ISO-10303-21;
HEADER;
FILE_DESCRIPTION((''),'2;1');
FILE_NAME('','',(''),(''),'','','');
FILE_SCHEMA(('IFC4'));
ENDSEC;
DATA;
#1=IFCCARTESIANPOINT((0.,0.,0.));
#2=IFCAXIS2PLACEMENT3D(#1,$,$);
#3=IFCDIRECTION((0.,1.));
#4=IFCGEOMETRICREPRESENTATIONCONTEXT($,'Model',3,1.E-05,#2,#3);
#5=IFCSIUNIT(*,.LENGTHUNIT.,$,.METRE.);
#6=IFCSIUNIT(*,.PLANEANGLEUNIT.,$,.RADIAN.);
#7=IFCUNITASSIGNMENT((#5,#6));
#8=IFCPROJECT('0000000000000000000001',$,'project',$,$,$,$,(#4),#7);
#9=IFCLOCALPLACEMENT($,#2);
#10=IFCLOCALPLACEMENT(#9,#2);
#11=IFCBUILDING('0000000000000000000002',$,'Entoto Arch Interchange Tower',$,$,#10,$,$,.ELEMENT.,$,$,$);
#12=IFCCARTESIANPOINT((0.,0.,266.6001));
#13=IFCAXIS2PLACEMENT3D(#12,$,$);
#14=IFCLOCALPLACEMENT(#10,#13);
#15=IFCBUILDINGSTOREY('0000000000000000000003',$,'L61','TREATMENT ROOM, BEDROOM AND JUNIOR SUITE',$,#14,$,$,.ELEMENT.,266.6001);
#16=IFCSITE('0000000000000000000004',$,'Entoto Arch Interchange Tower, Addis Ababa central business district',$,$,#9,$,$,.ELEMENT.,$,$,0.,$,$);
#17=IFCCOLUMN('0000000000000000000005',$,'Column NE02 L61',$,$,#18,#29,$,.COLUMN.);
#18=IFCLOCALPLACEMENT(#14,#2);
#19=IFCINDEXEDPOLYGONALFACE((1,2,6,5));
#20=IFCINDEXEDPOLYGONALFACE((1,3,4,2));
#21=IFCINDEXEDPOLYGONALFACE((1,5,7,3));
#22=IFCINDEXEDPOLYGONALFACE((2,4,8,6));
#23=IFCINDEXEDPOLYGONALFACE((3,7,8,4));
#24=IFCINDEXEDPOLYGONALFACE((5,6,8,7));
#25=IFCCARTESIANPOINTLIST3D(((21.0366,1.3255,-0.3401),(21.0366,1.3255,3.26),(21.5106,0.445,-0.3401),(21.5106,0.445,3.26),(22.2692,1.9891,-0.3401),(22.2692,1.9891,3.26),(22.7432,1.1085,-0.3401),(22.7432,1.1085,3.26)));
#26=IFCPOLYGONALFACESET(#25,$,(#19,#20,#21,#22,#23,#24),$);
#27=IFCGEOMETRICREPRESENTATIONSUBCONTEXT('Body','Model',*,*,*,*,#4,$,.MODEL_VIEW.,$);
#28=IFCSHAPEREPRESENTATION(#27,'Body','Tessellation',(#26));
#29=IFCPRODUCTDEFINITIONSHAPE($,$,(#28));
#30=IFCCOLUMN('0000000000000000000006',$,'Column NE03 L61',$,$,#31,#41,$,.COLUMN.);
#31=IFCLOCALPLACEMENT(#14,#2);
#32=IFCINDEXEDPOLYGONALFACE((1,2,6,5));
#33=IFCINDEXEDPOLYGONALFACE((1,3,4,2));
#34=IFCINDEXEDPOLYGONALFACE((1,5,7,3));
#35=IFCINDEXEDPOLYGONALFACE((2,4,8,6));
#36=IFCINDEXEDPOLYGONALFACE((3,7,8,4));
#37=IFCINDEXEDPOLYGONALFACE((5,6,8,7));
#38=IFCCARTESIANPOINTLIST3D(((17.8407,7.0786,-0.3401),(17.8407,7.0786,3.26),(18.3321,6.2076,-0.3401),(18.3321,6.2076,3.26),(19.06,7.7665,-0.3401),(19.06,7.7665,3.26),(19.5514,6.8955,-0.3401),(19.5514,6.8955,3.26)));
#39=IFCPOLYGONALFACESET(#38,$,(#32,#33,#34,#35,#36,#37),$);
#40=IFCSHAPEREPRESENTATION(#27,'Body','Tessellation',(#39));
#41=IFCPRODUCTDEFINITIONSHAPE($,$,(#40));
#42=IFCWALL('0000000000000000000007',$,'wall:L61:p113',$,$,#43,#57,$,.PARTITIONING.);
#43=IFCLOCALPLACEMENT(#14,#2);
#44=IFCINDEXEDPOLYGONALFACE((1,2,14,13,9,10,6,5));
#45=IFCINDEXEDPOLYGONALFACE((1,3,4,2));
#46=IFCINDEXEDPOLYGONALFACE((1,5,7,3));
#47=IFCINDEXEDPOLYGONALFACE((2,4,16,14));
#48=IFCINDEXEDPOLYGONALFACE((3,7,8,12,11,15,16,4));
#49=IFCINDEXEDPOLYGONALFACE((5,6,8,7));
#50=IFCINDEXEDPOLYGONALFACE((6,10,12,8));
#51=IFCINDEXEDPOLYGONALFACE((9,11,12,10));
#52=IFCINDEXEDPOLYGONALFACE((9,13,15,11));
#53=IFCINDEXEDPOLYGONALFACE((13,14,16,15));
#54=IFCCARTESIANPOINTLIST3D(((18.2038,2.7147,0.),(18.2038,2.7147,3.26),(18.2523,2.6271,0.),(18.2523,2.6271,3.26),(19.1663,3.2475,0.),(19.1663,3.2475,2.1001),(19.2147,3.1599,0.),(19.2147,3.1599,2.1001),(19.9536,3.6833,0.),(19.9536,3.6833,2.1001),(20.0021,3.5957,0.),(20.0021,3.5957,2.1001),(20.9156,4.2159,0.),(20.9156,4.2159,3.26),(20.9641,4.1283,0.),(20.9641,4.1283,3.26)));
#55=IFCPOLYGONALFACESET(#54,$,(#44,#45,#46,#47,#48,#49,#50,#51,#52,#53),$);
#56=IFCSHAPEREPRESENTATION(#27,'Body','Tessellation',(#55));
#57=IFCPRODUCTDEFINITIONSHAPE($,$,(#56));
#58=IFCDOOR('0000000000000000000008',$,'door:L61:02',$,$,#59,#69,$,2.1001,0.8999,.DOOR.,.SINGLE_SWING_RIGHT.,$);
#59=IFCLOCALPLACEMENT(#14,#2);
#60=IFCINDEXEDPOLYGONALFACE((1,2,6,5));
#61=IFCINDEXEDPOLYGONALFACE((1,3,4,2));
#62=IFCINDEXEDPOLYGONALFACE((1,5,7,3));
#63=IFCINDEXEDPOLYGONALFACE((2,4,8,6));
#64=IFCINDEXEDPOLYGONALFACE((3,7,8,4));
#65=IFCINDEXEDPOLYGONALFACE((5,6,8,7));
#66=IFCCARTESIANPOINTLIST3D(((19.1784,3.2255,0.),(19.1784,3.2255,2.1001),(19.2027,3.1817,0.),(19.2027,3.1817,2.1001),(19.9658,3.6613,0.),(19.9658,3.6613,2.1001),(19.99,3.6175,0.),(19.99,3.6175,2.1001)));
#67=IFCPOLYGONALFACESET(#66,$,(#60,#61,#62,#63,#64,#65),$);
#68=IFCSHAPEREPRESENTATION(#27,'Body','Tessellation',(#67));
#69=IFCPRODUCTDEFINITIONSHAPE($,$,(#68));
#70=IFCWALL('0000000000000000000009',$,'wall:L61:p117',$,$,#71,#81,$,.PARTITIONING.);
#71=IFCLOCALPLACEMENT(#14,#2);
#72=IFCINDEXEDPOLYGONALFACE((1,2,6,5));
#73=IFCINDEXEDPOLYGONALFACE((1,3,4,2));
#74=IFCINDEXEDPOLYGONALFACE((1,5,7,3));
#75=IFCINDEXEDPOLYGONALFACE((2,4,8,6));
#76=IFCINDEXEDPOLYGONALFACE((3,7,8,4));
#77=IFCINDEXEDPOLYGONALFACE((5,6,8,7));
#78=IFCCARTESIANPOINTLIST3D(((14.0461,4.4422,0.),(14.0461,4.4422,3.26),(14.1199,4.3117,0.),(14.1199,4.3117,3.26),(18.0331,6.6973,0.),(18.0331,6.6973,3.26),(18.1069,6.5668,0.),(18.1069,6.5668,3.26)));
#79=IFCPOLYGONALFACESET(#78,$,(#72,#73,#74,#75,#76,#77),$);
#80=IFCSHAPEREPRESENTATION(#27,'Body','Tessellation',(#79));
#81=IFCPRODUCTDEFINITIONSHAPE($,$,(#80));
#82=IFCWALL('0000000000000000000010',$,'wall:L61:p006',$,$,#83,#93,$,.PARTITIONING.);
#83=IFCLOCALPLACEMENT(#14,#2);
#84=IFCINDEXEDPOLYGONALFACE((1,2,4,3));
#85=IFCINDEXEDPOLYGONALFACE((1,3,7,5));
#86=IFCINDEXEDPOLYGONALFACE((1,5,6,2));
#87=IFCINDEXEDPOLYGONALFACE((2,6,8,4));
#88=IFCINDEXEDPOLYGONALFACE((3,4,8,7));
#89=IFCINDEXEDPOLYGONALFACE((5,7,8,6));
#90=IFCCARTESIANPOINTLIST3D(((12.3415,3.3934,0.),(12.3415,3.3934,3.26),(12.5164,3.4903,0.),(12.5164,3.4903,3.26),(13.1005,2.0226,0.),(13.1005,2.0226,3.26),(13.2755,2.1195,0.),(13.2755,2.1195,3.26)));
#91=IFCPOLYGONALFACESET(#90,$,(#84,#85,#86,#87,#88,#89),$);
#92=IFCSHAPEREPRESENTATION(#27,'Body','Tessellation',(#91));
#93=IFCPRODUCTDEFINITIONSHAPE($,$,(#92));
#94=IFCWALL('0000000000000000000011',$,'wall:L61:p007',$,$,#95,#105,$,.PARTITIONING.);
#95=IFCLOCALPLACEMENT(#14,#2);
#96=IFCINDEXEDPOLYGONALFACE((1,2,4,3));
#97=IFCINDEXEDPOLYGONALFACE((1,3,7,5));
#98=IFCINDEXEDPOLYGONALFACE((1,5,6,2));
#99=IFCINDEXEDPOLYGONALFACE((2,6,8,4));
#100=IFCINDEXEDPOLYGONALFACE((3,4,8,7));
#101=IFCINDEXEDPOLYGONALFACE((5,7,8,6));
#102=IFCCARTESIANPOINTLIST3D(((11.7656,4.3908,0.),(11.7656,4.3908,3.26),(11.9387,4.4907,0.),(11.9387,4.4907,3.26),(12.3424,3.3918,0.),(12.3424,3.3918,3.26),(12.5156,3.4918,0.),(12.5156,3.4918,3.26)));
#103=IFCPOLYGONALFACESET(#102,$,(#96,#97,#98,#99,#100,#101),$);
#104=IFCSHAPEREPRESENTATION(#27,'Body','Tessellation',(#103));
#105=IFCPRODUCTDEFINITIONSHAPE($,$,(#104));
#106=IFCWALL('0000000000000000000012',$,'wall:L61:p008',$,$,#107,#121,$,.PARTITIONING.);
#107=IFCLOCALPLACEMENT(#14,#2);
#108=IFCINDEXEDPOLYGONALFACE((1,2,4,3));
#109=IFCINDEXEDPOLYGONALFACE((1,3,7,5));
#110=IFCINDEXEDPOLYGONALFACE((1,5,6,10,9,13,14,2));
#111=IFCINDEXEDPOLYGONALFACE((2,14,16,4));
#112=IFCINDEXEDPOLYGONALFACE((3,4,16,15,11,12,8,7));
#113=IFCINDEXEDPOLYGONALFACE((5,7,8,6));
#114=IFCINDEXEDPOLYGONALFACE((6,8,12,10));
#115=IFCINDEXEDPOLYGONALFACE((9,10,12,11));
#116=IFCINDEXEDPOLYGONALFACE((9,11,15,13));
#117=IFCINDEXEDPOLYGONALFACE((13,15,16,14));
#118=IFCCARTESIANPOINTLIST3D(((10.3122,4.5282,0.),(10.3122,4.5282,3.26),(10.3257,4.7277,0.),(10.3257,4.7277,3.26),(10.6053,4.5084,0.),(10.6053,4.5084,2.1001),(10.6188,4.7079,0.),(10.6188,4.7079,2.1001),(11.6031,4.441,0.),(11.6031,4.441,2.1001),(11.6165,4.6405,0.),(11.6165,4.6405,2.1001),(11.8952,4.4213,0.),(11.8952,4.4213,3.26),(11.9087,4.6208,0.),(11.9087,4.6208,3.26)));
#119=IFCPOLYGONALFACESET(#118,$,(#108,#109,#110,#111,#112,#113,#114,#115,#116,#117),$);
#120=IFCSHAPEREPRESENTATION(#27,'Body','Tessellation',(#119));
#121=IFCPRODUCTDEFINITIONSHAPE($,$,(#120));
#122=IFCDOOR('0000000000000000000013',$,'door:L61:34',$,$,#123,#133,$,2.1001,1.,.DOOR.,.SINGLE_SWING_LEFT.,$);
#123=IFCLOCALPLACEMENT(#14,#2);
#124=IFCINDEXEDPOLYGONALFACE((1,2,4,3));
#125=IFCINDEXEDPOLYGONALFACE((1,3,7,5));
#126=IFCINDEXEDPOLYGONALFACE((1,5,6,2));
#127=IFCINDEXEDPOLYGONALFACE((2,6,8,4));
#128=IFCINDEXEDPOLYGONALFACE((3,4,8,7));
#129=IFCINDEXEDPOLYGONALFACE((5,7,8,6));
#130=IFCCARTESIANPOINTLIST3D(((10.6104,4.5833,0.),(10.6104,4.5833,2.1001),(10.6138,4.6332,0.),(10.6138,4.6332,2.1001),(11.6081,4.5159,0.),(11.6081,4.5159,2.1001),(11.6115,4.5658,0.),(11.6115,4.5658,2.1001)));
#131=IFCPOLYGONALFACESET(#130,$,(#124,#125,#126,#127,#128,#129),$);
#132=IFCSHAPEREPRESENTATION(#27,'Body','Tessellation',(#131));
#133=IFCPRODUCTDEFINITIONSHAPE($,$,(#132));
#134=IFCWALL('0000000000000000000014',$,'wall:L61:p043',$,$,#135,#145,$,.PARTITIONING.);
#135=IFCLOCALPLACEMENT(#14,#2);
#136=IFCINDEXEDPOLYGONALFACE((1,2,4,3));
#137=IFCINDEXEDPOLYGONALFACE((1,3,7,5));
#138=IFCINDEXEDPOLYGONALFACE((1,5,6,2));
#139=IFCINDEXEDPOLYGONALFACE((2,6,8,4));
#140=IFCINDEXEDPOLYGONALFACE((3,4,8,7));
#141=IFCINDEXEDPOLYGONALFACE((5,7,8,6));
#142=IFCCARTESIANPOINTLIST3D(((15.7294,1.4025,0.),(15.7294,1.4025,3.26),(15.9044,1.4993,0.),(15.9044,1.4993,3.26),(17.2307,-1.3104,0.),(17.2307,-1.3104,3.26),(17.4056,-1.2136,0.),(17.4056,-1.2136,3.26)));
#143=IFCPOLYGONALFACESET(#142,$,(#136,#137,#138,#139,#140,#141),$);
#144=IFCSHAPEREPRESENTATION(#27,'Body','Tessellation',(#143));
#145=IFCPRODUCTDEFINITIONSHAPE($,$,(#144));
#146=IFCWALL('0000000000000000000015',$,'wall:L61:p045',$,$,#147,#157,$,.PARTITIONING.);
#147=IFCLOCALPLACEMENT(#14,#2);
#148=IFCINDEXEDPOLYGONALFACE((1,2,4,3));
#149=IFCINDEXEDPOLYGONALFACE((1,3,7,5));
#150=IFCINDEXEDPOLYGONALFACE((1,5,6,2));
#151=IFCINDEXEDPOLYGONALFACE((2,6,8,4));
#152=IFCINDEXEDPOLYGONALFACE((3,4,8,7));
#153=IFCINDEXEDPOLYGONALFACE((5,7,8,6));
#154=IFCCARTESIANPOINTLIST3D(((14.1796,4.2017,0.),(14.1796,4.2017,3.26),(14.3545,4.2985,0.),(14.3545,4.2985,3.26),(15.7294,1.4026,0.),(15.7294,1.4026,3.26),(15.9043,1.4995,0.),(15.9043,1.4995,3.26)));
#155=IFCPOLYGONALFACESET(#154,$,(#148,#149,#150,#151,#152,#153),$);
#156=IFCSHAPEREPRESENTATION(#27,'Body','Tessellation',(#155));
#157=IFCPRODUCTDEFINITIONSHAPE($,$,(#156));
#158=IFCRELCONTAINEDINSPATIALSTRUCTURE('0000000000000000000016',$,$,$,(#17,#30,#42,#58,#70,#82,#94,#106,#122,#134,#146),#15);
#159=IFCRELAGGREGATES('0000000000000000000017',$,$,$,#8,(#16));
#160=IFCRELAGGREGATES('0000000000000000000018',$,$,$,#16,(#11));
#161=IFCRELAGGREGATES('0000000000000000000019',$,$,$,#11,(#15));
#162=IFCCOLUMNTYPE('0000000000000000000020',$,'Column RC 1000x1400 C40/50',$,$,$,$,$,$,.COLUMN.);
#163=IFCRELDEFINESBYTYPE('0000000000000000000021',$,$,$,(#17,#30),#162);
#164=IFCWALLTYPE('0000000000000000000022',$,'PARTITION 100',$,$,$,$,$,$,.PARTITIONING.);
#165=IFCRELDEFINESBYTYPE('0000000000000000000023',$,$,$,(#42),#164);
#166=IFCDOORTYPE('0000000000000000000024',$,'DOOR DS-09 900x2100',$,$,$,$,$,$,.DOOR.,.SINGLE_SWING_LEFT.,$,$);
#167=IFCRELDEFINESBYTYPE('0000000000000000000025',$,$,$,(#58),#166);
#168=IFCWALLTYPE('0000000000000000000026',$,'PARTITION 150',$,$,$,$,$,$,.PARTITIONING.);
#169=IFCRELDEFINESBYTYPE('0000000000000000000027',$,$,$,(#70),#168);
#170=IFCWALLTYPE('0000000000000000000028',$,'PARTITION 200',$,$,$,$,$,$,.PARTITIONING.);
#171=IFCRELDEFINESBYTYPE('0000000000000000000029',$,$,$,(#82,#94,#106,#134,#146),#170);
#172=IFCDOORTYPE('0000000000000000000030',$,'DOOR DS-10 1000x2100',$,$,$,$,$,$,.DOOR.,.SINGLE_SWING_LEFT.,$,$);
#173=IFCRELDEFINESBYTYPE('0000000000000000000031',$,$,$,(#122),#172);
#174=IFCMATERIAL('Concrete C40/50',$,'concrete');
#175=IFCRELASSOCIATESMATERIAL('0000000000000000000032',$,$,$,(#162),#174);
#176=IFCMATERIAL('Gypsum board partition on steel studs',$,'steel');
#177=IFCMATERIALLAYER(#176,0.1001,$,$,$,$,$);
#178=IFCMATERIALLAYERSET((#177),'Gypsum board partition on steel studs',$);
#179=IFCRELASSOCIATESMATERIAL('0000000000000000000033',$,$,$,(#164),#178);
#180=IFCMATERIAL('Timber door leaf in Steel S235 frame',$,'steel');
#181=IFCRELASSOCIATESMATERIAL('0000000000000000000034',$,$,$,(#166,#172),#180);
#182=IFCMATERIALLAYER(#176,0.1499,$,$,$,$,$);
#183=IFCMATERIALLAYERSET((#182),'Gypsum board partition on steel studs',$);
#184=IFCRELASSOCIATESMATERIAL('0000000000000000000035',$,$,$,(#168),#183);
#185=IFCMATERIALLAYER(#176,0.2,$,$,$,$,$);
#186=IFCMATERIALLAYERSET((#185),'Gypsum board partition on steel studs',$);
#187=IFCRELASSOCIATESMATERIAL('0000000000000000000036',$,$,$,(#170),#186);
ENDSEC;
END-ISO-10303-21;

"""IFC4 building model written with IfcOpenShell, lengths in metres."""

from ifc_helpers import new_model, si_unit, direction, frame, frame_2d, origin, origin_2d, place, context, subcontext, project, spatial, rectangle, extrude, material, layer, layer_set, material_profile, profile_set, type_object, element, fill, save


model = new_model("IFC4")

# Units and contexts
model_context = context("Model", 3, precision=1e-05, world=origin(), true_north=direction((0.0, 1.0)))
body_context = subcontext(model_context, "Body", "Model", "MODEL_VIEW")
ifc_project = project(units=[si_unit("LENGTHUNIT", "METRE"), si_unit("PLANEANGLEUNIT", "RADIAN")], contexts=[model_context])

# Site, building, storey
site_placement = place(None, origin())
site = spatial("IfcSite", under=ifc_project, at=site_placement, Name="Entoto Arch Interchange Tower, Addis Ababa central business district", CompositionType="ELEMENT", RefElevation=0.0)
building_placement = place(site_placement, origin())
building = spatial("IfcBuilding", under=site, at=building_placement, Name="Entoto Arch Interchange Tower", CompositionType="ELEMENT")
storey_placement = place(building_placement, frame((0.0, 0.0, 266.6001)))
storey = spatial("IfcBuildingStorey", under=building, at=storey_placement, Name="L61", Description="TREATMENT ROOM, BEDROOM AND JUNIOR SUITE", CompositionType="ELEMENT", Elevation=266.6001)

# Columns
ifc_material_1 = material(Name="Concrete C40/50", Category="concrete")
ifc_material_profile = material_profile(ifc_material_1, rectangle(XDim=1.0, YDim=1.3999, at=origin_2d()))
ifc_profile_set = profile_set([ifc_material_profile], Name="Concrete C40/50")
column_type = type_object("IfcColumnType", Name="Column RC 1000x1400 C40/50", PredefinedType="COLUMN", material=ifc_profile_set)
for number, where, z_axis, x_axis, name in (
    (1, (21.8899, 1.217, -0.3401), (0.0, 0.0, 1.0), (-0.473981, 0.880535, 0.0), "Column NE02 L61"),
    (2, (18.696, 6.9871, -0.3401), (0.0, 0.0, 1.0), (-0.491375, 0.870948, 0.0), "Column NE03 L61"),
):
    element("IfcColumn", number, at=place(storey_placement, frame(where, z_axis=z_axis, x_axis=x_axis)), inside=storey, type_object=column_type, Name=name, PredefinedType="COLUMN", context=body_context, shape_type="SweptSolid", body=[
        extrude(rectangle(XDim=1.0, YDim=1.3999, at=origin_2d()), origin(), (0.0, 0.0, 1.0), 3.6001),
    ])

# Wall, opening, door
ifc_material_2 = material(Name="Gypsum board partition on steel studs", Category="steel")
ifc_layer_1 = layer(ifc_material_2, 0.1001)
ifc_layer_set_1 = layer_set([ifc_layer_1], Name="Gypsum board partition on steel studs")
wall_type_1 = type_object("IfcWallType", Name="PARTITION 100", PredefinedType="PARTITIONING", material=ifc_layer_set_1)
wall_1_placement = place(storey_placement, frame((18.228, 2.6709, 0.0), z_axis=(0.0, 0.0, 1.0), x_axis=(0.874896, 0.484312, 0.0)))
wall_1 = element("IfcWall", 3, at=wall_1_placement, inside=storey, type_object=wall_type_1, Name="wall:L61:p113", PredefinedType="PARTITIONING", context=body_context, shape_type="SweptSolid", body=[
    extrude(rectangle(XDim=3.0996, YDim=0.1001, at=frame_2d((1.5498, 0.0))), origin(), (0.0, 0.0, 1.0), 3.26),
])
opening_1_placement = place(wall_1_placement, frame((1.1001, 0.0, 0.0)))
opening_1 = element("IfcOpeningElement", 4, at=opening_1_placement, cuts=wall_1, PredefinedType="OPENING", context=body_context, shape_type="SweptSolid", body=[
    extrude(rectangle(XDim=0.8999, YDim=2.1001, at=frame_2d((0.45, 1.05))), frame((0.0, 0.0601, 0.0), z_axis=(0.0, -1.0, 0.0), x_axis=(1.0, 0.0, 0.0)), (0.0, 0.0, 1.0), 0.1201),
])
ifc_material_3 = material(Name="Timber door leaf in Steel S235 frame", Category="steel")
door_type_1 = type_object("IfcDoorType", Name="DOOR DS-09 900x2100", OperationType="SINGLE_SWING_LEFT", PredefinedType="DOOR", material=ifc_material_3)
door_1_placement = place(opening_1_placement, origin())
door_1 = element("IfcDoor", 5, at=door_1_placement, inside=storey, type_object=door_type_1, Name="door:L61:02", OperationType="SINGLE_SWING_RIGHT", OverallHeight=2.1001, OverallWidth=0.8999, PredefinedType="DOOR", context=body_context, shape_type="SweptSolid", body=[
    extrude(rectangle(XDim=0.8999, YDim=2.1001, at=frame_2d((0.45, 1.05))), frame((0.0, 0.0249, 0.0), z_axis=(0.0, -1.0, 0.0), x_axis=(1.0, 0.0, 0.0)), (0.0, 0.0, 1.0), 0.05),
])
fill(opening_1, door_1)

# Walls
ifc_layer_2 = layer(ifc_material_2, 0.1499)
ifc_layer_set_2 = layer_set([ifc_layer_2], Name="Gypsum board partition on steel studs")
wall_type_2 = type_object("IfcWallType", Name="PARTITION 150", PredefinedType="PARTITIONING", material=ifc_layer_set_2)
wall_2_placement = place(storey_placement, frame((14.083, 4.377, 0.0), z_axis=(0.0, 0.0, 1.0), x_axis=(0.870416, 0.492317, 0.0)))
element("IfcWall", 6, at=wall_2_placement, inside=storey, type_object=wall_type_2, Name="wall:L61:p117", PredefinedType="PARTITIONING", context=body_context, shape_type="SweptSolid", body=[
    extrude(rectangle(XDim=4.5806, YDim=0.1499, at=frame_2d((2.2903, 0.0))), origin(), (0.0, 0.0, 1.0), 3.26),
])
ifc_layer_3 = layer(ifc_material_2, 0.2)
ifc_layer_set_3 = layer_set([ifc_layer_3], Name="Gypsum board partition on steel studs")
wall_type_3 = type_object("IfcWallType", Name="PARTITION 200", PredefinedType="PARTITIONING", material=ifc_layer_set_3)
wall_3_placement = place(storey_placement, frame((13.188, 2.071, 0.0), z_axis=(0.0, 0.0, 1.0), x_axis=(-0.484399, 0.874847, 0.0)))
element("IfcWall", 7, at=wall_3_placement, inside=storey, type_object=wall_type_3, Name="wall:L61:p006", PredefinedType="PARTITIONING", context=body_context, shape_type="SweptSolid", body=[
    extrude(rectangle(XDim=1.5669, YDim=0.2, at=frame_2d((0.7834, 0.0))), origin(), (0.0, 0.0, 1.0), 3.26),
])
wall_4_placement = place(storey_placement, frame((12.429, 3.4419, 0.0), z_axis=(0.0, 0.0, 1.0), x_axis=(-0.500077, 0.865981, 0.0)))
element("IfcWall", 8, at=wall_4_placement, inside=storey, type_object=wall_type_3, Name="wall:L61:p007", PredefinedType="PARTITIONING", context=body_context, shape_type="SweptSolid", body=[
    extrude(rectangle(XDim=1.1536, YDim=0.2, at=frame_2d((0.5767, 0.0))), origin(), (0.0, 0.0, 1.0), 3.26),
])

# Wall, opening, door
wall_5_placement = place(storey_placement, frame((11.9021, 4.521, 0.0), z_axis=(0.0, 0.0, 1.0), x_axis=(-0.997726, 0.067397, 0.0)))
wall_5 = element("IfcWall", 9, at=wall_5_placement, inside=storey, type_object=wall_type_3, Name="wall:L61:p008", PredefinedType="PARTITIONING", context=body_context, shape_type="SweptSolid", body=[
    extrude(rectangle(XDim=1.5867, YDim=0.2, at=frame_2d((0.7935, 0.0))), origin(), (0.0, 0.0, 1.0), 3.26),
])
opening_2_placement = place(wall_5_placement, frame((0.293, 0.0, 0.0)))
opening_2 = element("IfcOpeningElement", 10, at=opening_2_placement, cuts=wall_5, PredefinedType="OPENING", context=body_context, shape_type="SweptSolid", body=[
    extrude(rectangle(XDim=1.0, YDim=2.1001, at=frame_2d((0.5, 1.05))), frame((0.0, 0.1099, 0.0), z_axis=(0.0, -1.0, 0.0), x_axis=(1.0, 0.0, 0.0)), (0.0, 0.0, 1.0), 0.22),
])
door_type_2 = type_object("IfcDoorType", Name="DOOR DS-10 1000x2100", OperationType="SINGLE_SWING_LEFT", PredefinedType="DOOR", material=ifc_material_3)
door_2_placement = place(opening_2_placement, origin())
door_2 = element("IfcDoor", 11, at=door_2_placement, inside=storey, type_object=door_type_2, Name="door:L61:34", OperationType="SINGLE_SWING_LEFT", OverallHeight=2.1001, OverallWidth=1.0, PredefinedType="DOOR", context=body_context, shape_type="SweptSolid", body=[
    extrude(rectangle(XDim=1.0, YDim=2.1001, at=frame_2d((0.5, 1.05))), frame((0.0, 0.0249, 0.0), z_axis=(0.0, -1.0, 0.0), x_axis=(1.0, 0.0, 0.0)), (0.0, 0.0, 1.0), 0.05),
])
fill(opening_2, door_2)

# Walls
wall_6_placement = place(storey_placement, frame((15.8169, 1.4509, 0.0), z_axis=(0.0, 0.0, 1.0), x_axis=(0.484178, -0.874969, 0.0)))
element("IfcWall", 12, at=wall_6_placement, inside=storey, type_object=wall_type_3, Name="wall:L61:p043", PredefinedType="PARTITIONING", context=body_context, shape_type="SweptSolid", body=[
    extrude(rectangle(XDim=3.1006, YDim=0.2, at=frame_2d((1.5503, 0.0))), origin(), (0.0, 0.0, 1.0), 3.26),
])
wall_7_placement = place(storey_placement, frame((14.2671, 4.25, 0.0), z_axis=(0.0, 0.0, 1.0), x_axis=(0.484392, -0.874851, 0.0)))
element("IfcWall", 13, at=wall_7_placement, inside=storey, type_object=wall_type_3, Name="wall:L61:p045", PredefinedType="PARTITIONING", context=body_context, shape_type="SweptSolid", body=[
    extrude(rectangle(XDim=3.1995, YDim=0.2, at=frame_2d((1.5996, 0.0))), origin(), (0.0, 0.0, 1.0), 3.26),
])

save(model, "model.ifc")
